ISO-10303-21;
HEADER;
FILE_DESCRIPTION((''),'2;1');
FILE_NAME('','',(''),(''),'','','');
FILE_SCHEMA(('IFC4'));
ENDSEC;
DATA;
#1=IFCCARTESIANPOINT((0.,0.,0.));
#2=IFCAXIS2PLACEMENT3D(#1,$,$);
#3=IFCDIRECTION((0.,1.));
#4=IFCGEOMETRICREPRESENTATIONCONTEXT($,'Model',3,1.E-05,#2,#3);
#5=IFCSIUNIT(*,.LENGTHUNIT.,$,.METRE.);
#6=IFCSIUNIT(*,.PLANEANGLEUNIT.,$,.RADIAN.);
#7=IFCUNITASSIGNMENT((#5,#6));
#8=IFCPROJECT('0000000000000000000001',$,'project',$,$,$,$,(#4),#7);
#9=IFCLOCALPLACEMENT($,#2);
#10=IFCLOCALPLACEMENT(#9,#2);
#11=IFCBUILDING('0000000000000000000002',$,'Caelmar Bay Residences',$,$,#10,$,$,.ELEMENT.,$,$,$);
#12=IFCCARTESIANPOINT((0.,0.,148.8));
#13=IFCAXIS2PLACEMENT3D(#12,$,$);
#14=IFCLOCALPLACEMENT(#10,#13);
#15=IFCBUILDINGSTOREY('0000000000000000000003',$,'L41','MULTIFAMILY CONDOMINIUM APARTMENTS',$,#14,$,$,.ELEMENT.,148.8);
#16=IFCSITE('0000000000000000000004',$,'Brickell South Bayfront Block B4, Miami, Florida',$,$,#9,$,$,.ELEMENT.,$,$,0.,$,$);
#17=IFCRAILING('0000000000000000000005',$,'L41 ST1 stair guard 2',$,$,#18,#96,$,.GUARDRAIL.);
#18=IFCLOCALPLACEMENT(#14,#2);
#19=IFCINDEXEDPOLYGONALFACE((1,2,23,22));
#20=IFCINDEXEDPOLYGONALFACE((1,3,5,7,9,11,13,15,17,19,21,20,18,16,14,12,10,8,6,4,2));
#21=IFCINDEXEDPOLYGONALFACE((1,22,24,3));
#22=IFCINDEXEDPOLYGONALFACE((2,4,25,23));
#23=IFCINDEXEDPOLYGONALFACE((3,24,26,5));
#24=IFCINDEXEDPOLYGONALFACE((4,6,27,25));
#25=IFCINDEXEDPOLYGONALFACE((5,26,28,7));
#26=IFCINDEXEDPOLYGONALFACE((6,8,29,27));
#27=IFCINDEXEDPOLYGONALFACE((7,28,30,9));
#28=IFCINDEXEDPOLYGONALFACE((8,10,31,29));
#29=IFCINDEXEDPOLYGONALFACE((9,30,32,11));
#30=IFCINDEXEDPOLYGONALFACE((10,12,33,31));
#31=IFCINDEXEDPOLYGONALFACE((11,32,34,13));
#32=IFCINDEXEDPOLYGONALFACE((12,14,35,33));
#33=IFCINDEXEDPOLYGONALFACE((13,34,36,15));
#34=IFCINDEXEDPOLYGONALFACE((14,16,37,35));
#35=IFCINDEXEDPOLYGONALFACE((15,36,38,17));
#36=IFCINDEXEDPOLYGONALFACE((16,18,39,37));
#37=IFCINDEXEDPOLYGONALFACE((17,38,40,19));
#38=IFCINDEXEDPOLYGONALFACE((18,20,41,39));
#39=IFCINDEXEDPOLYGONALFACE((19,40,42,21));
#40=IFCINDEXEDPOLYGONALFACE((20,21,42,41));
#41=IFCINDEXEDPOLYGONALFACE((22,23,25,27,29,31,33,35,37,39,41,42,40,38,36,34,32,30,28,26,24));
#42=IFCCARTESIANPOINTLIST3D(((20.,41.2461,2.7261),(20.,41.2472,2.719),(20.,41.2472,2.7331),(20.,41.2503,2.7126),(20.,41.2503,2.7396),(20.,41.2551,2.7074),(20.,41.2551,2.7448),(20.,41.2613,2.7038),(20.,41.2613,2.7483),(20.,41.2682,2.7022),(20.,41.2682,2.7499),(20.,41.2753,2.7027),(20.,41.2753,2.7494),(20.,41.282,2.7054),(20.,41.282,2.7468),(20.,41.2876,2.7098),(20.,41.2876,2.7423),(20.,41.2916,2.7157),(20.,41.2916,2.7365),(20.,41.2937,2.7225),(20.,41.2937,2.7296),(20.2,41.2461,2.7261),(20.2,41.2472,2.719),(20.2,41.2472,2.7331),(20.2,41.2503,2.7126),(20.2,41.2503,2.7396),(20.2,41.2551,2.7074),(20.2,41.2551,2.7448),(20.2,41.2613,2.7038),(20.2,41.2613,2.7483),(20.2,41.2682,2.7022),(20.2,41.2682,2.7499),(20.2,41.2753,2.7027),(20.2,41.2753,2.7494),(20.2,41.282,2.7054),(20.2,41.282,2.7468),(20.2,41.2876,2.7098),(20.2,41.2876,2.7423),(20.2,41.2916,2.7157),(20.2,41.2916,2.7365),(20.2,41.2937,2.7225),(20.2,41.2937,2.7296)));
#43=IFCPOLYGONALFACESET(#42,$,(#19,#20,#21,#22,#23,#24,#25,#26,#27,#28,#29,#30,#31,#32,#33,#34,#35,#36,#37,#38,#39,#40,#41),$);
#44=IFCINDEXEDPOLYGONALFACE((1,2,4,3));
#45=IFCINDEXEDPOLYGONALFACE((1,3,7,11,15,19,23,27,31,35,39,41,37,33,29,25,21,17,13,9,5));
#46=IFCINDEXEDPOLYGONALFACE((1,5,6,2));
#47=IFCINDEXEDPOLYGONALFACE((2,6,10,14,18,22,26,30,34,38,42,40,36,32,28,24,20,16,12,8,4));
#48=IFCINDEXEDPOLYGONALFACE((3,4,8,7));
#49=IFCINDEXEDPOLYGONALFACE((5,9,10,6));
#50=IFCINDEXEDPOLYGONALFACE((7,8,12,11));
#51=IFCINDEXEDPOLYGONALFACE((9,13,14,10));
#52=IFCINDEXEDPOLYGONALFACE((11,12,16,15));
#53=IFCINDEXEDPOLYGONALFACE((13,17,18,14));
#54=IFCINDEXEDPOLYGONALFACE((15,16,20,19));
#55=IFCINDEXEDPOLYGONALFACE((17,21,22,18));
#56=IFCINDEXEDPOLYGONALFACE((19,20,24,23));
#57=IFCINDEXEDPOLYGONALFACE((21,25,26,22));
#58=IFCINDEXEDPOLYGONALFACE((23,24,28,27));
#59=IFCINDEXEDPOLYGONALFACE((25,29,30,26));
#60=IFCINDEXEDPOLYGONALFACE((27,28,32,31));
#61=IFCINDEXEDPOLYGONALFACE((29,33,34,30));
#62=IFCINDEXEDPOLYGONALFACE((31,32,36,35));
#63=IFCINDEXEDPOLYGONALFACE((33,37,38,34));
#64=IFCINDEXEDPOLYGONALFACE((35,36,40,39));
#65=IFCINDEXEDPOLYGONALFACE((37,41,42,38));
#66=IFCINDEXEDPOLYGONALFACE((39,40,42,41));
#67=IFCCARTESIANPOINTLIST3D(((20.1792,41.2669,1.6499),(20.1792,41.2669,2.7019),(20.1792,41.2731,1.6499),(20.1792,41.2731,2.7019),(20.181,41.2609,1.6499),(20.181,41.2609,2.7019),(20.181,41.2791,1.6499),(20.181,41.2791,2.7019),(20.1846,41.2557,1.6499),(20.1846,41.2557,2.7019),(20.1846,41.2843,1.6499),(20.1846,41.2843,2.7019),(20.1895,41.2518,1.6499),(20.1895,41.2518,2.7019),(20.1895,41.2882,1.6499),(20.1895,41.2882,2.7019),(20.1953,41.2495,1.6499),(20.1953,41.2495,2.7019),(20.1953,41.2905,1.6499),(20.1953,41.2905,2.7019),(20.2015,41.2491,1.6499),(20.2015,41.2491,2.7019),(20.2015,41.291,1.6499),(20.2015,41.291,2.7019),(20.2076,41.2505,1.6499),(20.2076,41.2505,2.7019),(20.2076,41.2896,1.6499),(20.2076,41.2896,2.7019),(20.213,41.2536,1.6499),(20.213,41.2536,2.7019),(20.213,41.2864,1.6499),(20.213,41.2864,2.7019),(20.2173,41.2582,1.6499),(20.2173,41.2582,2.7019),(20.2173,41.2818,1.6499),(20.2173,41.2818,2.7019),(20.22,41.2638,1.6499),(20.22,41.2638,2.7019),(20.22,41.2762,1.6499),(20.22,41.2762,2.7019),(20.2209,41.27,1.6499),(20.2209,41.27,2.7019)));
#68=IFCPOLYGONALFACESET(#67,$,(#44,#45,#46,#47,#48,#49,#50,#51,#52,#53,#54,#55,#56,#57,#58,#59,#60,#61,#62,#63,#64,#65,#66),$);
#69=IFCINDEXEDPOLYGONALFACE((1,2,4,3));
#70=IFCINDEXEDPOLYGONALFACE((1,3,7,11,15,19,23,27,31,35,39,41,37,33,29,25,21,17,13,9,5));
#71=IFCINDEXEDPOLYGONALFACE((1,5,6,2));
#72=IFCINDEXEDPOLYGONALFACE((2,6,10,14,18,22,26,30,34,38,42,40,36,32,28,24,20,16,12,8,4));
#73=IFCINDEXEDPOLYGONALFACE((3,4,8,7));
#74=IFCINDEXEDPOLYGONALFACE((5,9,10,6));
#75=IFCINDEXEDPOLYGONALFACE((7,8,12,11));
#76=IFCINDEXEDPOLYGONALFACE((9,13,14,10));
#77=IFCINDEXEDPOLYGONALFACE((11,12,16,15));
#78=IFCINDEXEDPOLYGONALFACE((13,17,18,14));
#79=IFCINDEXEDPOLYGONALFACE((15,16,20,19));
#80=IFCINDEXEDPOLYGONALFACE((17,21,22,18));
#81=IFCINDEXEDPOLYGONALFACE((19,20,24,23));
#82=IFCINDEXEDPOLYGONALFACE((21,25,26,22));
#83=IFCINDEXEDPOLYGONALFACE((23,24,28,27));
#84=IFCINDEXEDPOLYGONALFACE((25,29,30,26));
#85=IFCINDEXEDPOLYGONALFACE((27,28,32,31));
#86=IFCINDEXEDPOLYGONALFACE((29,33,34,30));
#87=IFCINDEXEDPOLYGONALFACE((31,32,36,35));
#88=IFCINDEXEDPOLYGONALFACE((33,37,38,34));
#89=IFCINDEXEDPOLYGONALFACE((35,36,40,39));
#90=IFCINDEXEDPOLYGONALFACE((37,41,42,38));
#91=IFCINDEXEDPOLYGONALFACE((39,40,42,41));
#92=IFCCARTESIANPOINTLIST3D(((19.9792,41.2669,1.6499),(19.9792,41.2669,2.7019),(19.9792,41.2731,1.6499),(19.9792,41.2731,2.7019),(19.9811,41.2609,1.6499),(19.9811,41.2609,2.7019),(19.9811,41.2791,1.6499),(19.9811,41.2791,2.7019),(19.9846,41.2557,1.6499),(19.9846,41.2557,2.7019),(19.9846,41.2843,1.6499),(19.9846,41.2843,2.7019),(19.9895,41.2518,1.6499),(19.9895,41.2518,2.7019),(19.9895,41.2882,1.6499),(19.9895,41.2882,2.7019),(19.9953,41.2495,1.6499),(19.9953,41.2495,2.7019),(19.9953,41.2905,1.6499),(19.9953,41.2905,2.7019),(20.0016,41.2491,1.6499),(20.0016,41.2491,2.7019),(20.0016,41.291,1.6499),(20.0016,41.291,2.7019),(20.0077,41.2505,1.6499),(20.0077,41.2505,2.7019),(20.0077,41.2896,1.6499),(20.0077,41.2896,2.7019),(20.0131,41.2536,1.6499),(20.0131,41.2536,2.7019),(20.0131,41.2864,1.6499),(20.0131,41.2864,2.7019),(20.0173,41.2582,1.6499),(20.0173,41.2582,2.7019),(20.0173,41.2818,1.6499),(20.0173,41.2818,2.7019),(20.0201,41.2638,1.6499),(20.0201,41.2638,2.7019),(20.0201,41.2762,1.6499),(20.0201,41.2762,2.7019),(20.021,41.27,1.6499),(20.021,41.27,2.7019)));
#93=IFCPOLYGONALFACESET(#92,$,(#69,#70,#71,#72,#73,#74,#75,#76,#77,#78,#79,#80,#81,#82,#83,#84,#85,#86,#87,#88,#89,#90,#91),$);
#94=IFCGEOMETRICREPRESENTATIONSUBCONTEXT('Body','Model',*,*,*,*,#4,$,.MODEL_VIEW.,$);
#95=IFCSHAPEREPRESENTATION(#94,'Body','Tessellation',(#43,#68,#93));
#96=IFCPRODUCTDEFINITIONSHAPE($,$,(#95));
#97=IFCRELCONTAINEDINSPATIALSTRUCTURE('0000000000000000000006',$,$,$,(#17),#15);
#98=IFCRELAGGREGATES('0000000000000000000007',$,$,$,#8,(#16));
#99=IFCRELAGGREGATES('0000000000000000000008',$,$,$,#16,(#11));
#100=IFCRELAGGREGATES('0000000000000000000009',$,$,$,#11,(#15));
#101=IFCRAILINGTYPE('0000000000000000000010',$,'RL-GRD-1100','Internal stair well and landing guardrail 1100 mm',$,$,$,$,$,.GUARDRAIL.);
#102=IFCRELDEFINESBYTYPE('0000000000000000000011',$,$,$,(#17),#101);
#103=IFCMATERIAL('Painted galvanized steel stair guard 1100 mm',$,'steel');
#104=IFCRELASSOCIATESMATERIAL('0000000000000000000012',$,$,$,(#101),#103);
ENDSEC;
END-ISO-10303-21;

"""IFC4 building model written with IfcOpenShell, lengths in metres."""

from ifc_helpers import new_model, si_unit, direction, frame, origin, origin_2d, place, context, subcontext, project, spatial, circle, extrude, material, type_object, element, save


model = new_model("IFC4")

# Units and contexts
model_context = context("Model", 3, precision=1e-05, world=origin(), true_north=direction((0.0, 1.0)))
body_context = subcontext(model_context, "Body", "Model", "MODEL_VIEW")
ifc_project = project(units=[si_unit("LENGTHUNIT", "METRE"), si_unit("PLANEANGLEUNIT", "RADIAN")], contexts=[model_context])

# Site, building, storey
site_placement = place(None, origin())
site = spatial("IfcSite", under=ifc_project, at=site_placement, Name="Brickell South Bayfront Block B4, Miami, Florida", CompositionType="ELEMENT", RefElevation=0.0)
building_placement = place(site_placement, origin())
building = spatial("IfcBuilding", under=site, at=building_placement, Name="Caelmar Bay Residences", CompositionType="ELEMENT")
storey_placement = place(building_placement, frame((0.0, 0.0, 148.8)))
storey = spatial("IfcBuildingStorey", under=building, at=storey_placement, Name="L41", Description="MULTIFAMILY CONDOMINIUM APARTMENTS", CompositionType="ELEMENT", Elevation=148.8)

# Railing
ifc_material_1 = material(Name="Painted galvanized steel stair guard 1100 mm", Category="steel")
railing_type_1 = type_object("IfcRailingType", Name="RL-GRD-1100", Description="Internal stair well and landing guardrail 1100 mm", PredefinedType="GUARDRAIL", material=ifc_material_1)
railing_1_placement = place(storey_placement, frame((20.2, 41.27, 1.6499)))
element("IfcRailing", 1, at=railing_1_placement, inside=storey, type_object=railing_type_1, Name="L41 ST1 stair guard 2", PredefinedType="GUARDRAIL", context=body_context, shape_type="SweptSolid", body=[
    extrude(circle(Radius=0.0239, at=origin_2d()), frame((0.0, 0.0, 1.0762), z_axis=(-1.0, 0.0, 0.0), x_axis=(0.0, -1.0, 0.0)), (0.0, 0.0, 1.0), 0.2),
    extrude(circle(Radius=0.021, at=origin_2d()), origin(), (0.0, 0.0, 1.0), 1.052),
    extrude(circle(Radius=0.021, at=origin_2d()), frame((-0.2, 0.0, 0.0)), (0.0, 0.0, 1.0), 1.052),
])

save(model, "model.ifc")
